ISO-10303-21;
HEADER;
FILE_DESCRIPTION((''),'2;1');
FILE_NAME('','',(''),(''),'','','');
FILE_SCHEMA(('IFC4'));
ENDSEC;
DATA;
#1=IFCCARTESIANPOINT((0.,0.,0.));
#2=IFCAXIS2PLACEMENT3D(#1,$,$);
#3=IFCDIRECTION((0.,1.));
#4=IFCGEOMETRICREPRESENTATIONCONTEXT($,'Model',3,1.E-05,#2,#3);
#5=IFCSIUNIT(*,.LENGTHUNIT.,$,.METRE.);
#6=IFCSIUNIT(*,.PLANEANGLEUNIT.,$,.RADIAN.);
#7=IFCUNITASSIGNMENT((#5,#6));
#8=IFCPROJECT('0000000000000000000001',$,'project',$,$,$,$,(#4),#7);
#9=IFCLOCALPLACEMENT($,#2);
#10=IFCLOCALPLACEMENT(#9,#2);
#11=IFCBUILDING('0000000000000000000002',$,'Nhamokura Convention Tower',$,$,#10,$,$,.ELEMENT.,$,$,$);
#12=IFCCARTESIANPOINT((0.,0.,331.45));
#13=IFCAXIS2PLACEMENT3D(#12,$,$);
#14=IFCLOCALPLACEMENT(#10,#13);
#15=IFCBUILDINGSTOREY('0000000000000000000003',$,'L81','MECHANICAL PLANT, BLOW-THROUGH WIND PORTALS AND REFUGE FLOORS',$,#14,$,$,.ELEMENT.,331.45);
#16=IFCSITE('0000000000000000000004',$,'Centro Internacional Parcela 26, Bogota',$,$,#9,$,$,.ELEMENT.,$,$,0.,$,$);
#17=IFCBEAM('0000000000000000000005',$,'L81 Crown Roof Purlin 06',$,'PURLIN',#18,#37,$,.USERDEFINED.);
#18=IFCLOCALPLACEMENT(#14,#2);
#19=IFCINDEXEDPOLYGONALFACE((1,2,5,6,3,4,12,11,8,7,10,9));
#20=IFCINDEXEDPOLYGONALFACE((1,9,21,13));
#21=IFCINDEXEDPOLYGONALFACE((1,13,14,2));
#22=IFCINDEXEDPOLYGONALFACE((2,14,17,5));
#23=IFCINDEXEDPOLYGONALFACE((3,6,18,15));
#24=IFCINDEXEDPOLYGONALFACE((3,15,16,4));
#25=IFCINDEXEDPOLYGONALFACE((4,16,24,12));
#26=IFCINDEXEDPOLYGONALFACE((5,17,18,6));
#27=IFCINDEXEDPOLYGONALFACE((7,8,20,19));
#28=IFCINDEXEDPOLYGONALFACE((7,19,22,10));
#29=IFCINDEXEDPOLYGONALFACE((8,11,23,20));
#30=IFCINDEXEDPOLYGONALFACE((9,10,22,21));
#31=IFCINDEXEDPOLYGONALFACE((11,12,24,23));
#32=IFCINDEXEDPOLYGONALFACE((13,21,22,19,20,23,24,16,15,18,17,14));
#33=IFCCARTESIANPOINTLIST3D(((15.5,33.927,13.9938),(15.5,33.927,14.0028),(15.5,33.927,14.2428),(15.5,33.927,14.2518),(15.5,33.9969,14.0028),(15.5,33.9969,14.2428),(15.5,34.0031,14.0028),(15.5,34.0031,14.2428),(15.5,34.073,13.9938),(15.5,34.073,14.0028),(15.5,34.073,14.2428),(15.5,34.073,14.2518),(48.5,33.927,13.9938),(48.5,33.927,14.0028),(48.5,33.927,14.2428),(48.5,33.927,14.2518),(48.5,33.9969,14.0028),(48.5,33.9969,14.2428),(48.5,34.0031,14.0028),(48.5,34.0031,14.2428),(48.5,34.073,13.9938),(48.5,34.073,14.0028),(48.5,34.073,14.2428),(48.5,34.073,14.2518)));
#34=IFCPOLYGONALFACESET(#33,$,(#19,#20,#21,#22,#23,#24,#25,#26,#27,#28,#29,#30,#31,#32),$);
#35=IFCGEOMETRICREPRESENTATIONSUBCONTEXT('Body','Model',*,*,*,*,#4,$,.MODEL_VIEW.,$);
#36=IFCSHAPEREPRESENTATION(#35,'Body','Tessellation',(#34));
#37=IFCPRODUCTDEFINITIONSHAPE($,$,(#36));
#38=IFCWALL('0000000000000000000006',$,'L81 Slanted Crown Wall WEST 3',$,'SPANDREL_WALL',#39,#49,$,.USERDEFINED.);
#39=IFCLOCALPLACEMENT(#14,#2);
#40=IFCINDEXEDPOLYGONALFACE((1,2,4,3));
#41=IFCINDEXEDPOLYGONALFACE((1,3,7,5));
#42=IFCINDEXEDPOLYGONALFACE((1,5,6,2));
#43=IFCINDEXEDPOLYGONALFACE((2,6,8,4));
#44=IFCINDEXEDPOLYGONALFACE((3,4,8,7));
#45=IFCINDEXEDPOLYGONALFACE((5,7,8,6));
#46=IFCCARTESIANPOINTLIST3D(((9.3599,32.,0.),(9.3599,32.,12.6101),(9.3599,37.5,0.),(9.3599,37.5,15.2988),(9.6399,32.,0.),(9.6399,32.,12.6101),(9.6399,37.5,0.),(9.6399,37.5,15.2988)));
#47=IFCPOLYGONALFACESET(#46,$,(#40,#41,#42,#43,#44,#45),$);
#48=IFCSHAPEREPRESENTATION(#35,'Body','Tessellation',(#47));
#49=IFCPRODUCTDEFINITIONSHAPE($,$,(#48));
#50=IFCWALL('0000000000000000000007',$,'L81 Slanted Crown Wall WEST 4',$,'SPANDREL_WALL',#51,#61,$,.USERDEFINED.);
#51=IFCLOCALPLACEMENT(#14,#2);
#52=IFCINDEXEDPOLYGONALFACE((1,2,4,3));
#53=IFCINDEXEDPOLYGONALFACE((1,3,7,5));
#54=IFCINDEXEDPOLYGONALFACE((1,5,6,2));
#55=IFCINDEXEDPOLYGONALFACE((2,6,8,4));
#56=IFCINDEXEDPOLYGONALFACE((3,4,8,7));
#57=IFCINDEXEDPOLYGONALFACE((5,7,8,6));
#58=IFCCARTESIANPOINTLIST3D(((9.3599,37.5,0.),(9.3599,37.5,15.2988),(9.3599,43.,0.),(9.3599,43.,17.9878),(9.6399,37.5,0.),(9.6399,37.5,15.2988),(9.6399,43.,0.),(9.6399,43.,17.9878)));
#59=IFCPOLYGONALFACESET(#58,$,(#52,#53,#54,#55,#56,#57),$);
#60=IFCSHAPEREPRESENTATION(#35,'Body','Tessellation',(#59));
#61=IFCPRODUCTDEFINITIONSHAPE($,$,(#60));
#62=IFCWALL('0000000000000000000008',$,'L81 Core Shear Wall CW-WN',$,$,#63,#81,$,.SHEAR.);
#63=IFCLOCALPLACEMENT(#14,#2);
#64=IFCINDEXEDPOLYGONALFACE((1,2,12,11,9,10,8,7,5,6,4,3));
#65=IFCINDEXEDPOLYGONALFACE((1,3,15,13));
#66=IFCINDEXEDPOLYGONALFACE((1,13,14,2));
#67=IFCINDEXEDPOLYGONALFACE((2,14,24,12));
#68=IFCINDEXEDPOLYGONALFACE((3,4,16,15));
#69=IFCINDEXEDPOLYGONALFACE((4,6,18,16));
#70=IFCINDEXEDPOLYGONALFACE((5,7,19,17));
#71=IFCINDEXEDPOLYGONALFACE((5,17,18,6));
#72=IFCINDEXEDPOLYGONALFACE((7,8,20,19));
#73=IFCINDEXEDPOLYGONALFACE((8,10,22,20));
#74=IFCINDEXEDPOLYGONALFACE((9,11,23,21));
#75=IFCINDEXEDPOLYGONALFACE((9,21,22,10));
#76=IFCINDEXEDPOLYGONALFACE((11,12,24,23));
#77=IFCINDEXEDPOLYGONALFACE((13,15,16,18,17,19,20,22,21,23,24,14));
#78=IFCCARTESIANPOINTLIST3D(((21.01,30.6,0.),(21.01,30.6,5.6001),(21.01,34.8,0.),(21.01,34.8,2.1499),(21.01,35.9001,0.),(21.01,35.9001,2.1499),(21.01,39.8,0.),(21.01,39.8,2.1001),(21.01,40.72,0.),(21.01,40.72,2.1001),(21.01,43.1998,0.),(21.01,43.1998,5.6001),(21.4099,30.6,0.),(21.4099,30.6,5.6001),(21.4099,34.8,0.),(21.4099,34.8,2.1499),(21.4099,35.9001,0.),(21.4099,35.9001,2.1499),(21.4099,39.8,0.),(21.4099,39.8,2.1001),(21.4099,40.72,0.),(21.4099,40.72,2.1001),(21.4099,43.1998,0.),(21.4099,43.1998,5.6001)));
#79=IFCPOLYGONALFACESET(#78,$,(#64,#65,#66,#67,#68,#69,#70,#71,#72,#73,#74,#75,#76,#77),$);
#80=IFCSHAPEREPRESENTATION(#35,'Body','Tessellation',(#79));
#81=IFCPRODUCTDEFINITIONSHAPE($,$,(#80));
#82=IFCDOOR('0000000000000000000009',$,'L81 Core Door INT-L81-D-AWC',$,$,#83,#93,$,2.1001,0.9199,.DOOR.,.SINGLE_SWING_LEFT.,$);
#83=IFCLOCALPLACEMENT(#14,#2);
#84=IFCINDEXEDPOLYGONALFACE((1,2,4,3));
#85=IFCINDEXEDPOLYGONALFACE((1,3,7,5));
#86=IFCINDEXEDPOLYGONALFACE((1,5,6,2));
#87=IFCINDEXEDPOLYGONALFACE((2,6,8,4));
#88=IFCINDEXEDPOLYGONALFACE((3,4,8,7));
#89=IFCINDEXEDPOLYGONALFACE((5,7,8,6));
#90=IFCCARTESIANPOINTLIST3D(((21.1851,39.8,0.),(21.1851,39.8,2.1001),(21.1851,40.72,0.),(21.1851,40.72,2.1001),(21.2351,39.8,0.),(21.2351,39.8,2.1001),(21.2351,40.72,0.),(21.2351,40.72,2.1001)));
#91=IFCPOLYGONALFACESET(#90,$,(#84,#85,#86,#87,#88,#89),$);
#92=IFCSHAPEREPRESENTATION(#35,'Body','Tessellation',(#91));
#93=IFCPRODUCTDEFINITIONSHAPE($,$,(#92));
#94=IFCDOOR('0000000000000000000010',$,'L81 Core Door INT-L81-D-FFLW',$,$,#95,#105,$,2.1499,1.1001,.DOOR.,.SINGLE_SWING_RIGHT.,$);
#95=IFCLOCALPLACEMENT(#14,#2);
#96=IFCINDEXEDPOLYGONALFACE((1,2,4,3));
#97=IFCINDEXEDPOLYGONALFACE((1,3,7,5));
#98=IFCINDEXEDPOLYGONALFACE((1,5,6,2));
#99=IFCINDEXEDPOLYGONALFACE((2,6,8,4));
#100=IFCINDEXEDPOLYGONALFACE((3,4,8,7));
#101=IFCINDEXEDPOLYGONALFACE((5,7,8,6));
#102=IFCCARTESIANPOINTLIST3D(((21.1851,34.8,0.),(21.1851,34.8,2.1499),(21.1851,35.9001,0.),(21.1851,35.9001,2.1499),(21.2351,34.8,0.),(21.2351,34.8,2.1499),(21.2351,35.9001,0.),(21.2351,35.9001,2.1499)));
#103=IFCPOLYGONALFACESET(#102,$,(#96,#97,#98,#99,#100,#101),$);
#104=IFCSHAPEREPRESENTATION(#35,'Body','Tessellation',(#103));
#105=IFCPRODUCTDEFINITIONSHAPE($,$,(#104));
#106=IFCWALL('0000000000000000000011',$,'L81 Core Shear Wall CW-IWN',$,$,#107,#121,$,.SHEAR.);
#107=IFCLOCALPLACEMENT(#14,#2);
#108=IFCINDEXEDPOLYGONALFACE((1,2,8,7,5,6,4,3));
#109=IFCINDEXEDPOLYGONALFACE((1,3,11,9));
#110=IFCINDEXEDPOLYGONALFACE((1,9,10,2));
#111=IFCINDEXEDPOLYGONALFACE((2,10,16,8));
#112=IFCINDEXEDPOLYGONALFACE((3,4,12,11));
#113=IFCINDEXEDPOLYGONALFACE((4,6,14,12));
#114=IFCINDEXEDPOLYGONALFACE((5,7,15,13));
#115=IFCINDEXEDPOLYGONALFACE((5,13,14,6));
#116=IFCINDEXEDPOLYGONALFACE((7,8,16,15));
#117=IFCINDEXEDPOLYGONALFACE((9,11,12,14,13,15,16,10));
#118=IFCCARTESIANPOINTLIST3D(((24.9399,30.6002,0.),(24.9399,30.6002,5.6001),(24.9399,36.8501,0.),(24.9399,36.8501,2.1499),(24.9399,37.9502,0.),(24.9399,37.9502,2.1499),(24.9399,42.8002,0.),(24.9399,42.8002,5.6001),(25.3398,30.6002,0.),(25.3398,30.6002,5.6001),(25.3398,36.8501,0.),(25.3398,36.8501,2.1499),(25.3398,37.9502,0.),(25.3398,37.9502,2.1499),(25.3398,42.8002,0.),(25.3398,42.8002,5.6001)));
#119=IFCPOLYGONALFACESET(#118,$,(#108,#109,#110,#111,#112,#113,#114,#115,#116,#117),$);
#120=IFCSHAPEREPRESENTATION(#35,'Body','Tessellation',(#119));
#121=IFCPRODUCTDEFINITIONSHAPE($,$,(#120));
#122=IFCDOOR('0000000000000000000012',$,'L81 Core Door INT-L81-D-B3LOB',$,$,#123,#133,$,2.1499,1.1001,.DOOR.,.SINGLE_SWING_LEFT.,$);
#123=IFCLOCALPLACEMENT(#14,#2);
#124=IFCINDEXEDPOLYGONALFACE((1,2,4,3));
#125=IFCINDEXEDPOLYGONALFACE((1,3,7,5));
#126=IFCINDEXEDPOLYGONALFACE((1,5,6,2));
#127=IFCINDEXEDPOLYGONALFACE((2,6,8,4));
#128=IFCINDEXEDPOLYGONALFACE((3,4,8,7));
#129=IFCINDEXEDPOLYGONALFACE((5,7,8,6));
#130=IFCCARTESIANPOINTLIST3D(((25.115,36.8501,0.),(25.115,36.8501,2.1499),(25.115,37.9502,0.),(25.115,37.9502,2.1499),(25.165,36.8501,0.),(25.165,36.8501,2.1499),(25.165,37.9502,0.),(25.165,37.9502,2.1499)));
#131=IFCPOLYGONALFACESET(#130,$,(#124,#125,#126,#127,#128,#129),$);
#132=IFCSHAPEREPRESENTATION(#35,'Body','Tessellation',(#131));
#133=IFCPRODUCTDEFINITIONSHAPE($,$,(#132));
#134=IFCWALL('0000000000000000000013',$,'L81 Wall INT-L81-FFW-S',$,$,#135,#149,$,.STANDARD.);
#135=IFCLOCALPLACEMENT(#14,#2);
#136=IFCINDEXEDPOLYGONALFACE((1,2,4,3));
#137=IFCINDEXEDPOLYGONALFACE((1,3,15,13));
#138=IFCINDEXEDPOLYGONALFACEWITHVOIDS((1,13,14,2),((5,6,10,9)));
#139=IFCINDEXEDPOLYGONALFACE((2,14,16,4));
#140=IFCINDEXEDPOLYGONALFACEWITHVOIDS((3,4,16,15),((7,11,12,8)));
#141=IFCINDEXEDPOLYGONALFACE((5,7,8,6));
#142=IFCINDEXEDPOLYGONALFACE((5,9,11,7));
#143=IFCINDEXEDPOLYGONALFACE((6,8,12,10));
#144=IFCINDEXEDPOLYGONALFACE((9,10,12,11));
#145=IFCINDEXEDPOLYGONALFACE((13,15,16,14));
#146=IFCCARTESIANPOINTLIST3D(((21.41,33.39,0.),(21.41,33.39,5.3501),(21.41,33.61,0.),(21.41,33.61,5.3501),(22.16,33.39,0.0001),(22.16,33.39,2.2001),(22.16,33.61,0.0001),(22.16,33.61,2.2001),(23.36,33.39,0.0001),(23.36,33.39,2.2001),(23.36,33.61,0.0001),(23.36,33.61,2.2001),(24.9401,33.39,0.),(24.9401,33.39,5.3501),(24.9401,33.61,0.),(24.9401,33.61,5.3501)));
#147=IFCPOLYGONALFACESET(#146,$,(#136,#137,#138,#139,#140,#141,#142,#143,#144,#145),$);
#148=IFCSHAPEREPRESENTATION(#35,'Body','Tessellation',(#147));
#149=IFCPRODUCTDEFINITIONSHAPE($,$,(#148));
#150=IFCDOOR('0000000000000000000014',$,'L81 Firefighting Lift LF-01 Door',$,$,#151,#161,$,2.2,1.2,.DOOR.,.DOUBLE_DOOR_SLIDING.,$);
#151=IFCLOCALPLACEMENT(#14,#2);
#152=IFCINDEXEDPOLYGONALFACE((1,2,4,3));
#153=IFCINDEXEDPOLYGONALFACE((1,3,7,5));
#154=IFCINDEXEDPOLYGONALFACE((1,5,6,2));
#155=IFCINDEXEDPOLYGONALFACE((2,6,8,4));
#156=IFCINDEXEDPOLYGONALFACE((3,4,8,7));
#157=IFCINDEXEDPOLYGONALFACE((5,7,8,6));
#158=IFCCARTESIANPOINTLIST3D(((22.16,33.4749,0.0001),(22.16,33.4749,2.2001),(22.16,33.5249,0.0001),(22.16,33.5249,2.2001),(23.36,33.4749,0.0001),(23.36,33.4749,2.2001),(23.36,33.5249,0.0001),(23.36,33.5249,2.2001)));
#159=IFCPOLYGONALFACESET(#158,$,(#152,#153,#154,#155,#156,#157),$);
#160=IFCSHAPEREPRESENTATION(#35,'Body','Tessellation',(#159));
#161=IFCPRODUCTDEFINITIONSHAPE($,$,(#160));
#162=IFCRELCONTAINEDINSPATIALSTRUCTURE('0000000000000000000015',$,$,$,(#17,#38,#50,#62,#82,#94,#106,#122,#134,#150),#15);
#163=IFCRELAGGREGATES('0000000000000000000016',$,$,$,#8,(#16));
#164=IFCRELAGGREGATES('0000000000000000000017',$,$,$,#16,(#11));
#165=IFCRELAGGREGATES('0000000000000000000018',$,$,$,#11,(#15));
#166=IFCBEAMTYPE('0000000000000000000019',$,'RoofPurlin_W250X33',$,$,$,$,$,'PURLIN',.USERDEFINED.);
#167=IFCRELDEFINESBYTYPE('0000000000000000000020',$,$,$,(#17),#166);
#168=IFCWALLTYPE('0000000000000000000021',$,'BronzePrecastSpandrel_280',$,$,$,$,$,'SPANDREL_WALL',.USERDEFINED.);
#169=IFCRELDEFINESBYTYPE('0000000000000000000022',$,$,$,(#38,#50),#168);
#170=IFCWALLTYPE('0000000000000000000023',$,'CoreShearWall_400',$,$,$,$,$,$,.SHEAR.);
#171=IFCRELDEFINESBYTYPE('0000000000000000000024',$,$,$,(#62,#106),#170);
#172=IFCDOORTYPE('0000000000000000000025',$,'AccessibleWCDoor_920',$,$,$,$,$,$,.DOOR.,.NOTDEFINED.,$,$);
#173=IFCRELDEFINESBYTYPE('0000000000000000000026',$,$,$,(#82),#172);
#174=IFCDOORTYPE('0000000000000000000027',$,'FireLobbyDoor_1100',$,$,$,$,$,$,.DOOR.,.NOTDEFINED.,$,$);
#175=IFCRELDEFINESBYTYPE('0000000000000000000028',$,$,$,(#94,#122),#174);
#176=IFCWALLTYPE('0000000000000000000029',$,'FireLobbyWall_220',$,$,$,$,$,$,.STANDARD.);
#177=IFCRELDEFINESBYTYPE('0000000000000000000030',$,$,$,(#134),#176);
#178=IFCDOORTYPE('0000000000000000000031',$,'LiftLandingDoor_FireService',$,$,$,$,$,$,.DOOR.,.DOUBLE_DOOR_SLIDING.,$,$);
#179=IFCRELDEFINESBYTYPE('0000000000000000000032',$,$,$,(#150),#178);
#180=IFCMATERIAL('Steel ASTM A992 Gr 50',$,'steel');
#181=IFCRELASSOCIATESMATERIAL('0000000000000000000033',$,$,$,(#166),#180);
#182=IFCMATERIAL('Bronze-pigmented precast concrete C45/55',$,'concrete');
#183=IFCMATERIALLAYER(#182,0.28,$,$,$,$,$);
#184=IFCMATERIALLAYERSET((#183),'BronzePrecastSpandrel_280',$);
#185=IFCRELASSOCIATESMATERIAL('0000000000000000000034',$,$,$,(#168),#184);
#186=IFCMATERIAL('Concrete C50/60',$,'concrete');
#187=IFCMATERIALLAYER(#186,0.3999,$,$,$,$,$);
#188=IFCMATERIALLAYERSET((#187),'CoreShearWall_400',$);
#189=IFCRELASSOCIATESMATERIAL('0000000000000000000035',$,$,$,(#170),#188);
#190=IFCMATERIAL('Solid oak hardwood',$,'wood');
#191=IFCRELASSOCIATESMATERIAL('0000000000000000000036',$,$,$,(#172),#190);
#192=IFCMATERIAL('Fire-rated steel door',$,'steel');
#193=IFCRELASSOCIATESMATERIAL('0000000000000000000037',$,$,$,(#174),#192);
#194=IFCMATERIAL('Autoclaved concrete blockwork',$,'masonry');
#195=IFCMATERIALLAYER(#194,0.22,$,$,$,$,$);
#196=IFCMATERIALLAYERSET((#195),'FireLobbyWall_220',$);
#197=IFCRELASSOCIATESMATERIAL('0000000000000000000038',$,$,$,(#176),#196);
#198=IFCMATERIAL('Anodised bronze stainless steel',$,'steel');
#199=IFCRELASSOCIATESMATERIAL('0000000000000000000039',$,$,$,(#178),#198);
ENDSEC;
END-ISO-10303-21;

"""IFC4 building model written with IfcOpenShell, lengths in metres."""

from ifc_helpers import new_model, si_unit, direction, frame, frame_2d, origin, origin_2d, place, context, subcontext, project, spatial, polyline, rectangle, i_section, outline, extrude, material, layer, layer_set, material_profile, profile_set, type_object, element, fill, save


model = new_model("IFC4")

# Units and contexts
model_context = context("Model", 3, precision=1e-05, world=origin(), true_north=direction((0.0, 1.0)))
body_context = subcontext(model_context, "Body", "Model", "MODEL_VIEW")
ifc_project = project(units=[si_unit("LENGTHUNIT", "METRE"), si_unit("PLANEANGLEUNIT", "RADIAN")], contexts=[model_context])

# Site, building, storey
site_placement = place(None, origin())
site = spatial("IfcSite", under=ifc_project, at=site_placement, Name="Centro Internacional Parcela 26, Bogota", CompositionType="ELEMENT", RefElevation=0.0)
building_placement = place(site_placement, origin())
building = spatial("IfcBuilding", under=site, at=building_placement, Name="Nhamokura Convention Tower", CompositionType="ELEMENT")
storey_placement = place(building_placement, frame((0.0, 0.0, 331.45)))
storey = spatial("IfcBuildingStorey", under=building, at=storey_placement, Name="L81", Description="MECHANICAL PLANT, BLOW-THROUGH WIND PORTALS AND REFUGE FLOORS", CompositionType="ELEMENT", Elevation=331.45)

# Beam
ifc_material_1 = material(Name="Steel ASTM A992 Gr 50", Category="steel")
ifc_material_profile_1 = material_profile(ifc_material_1, i_section(OverallWidth=0.146, OverallDepth=0.2581, WebThickness=0.0061, FlangeThickness=0.009, at=origin_2d()))
ifc_profile_set_1 = profile_set([ifc_material_profile_1], Name="Steel ASTM A992 Gr 50")
beam_type_1 = type_object("IfcBeamType", Name="RoofPurlin_W250X33", ElementType="PURLIN", PredefinedType="USERDEFINED", material=ifc_profile_set_1)
beam_placement = place(storey_placement, frame((15.5, 34.0, 14.1228), z_axis=(1.0, 0.0, 0.0), x_axis=(0.0, 1.0, 0.0)))
element("IfcBeam", 1, at=beam_placement, inside=storey, type_object=beam_type_1, Name="L81 Crown Roof Purlin 06", ObjectType="PURLIN", PredefinedType="USERDEFINED", context=body_context, shape_type="SweptSolid", body=[
    extrude(i_section(OverallWidth=0.146, OverallDepth=0.2581, WebThickness=0.0061, FlangeThickness=0.009, at=origin_2d()), origin(), (0.0, 0.0, 1.0), 33.0),
])

# Walls
ifc_material_2 = material(Name="Bronze-pigmented precast concrete C45/55", Category="concrete")
ifc_layer_1 = layer(ifc_material_2, 0.28)
ifc_layer_set_1 = layer_set([ifc_layer_1], Name="BronzePrecastSpandrel_280")
wall_type_1 = type_object("IfcWallType", Name="BronzePrecastSpandrel_280", ElementType="SPANDREL_WALL", PredefinedType="USERDEFINED", material=ifc_layer_set_1)
wall_1_placement = place(storey_placement, frame((9.5, 32.0, 0.0), z_axis=(0.0, 0.0, 1.0), x_axis=(0.0, 1.0, 0.0)))
element("IfcWall", 2, at=wall_1_placement, inside=storey, type_object=wall_type_1, Name="L81 Slanted Crown Wall WEST 3", ObjectType="SPANDREL_WALL", PredefinedType="USERDEFINED", context=body_context, shape_type="SweptSolid", body=[
    extrude(outline(polyline([(0.0, 0.0), (5.5, 0.0), (5.5, 15.2988), (0.0, 12.6101), (0.0, 0.0)])), frame((0.0, 0.1401, 0.0), z_axis=(0.0, -1.0, 0.0), x_axis=(1.0, 0.0, 0.0)), (0.0, 0.0, 1.0), 0.28),
])
wall_2_placement = place(storey_placement, frame((9.5, 37.5, 0.0), z_axis=(0.0, 0.0, 1.0), x_axis=(0.0, 1.0, 0.0)))
element("IfcWall", 3, at=wall_2_placement, inside=storey, type_object=wall_type_1, Name="L81 Slanted Crown Wall WEST 4", ObjectType="SPANDREL_WALL", PredefinedType="USERDEFINED", context=body_context, shape_type="SweptSolid", body=[
    extrude(outline(polyline([(0.0, 0.0), (5.5, 0.0), (5.5, 17.9878), (0.0, 15.2988), (0.0, 0.0)])), frame((0.0, 0.1401, 0.0), z_axis=(0.0, -1.0, 0.0), x_axis=(1.0, 0.0, 0.0)), (0.0, 0.0, 1.0), 0.28),
])

# Wall, openings, doors
ifc_material_3 = material(Name="Concrete C50/60", Category="concrete")
ifc_layer_2 = layer(ifc_material_3, 0.3999)
ifc_layer_set_2 = layer_set([ifc_layer_2], Name="CoreShearWall_400")
wall_type_2 = type_object("IfcWallType", Name="CoreShearWall_400", PredefinedType="SHEAR", material=ifc_layer_set_2)
wall_3_placement = place(storey_placement, frame((21.21, 30.6001, 0.0), z_axis=(0.0, 0.0, 1.0), x_axis=(0.0, 1.0, 0.0)))
wall_3 = element("IfcWall", 4, at=wall_3_placement, inside=storey, type_object=wall_type_2, Name="L81 Core Shear Wall CW-WN", PredefinedType="SHEAR", context=body_context, shape_type="SweptSolid", body=[
    extrude(rectangle(XDim=12.5999, YDim=0.3999, at=frame_2d((6.2998, 0.0))), origin(), (0.0, 0.0, 1.0), 5.6001),
])
opening_1_placement = place(wall_3_placement, frame((4.2, 0.0, 0.0)))
opening_1 = element("IfcOpeningElement", 5, at=opening_1_placement, cuts=wall_3, PredefinedType="OPENING", context=body_context, shape_type="SweptSolid", body=[
    extrude(rectangle(XDim=1.1001, YDim=2.1499, at=frame_2d((0.55, 1.075))), frame((0.0, 0.21, 0.0), z_axis=(0.0, -1.0, 0.0), x_axis=(1.0, 0.0, 0.0)), (0.0, 0.0, 1.0), 0.4199),
])
opening_2_placement = place(wall_3_placement, frame((9.2, 0.0, 0.0)))
opening_2 = element("IfcOpeningElement", 6, at=opening_2_placement, cuts=wall_3, PredefinedType="OPENING", context=body_context, shape_type="SweptSolid", body=[
    extrude(rectangle(XDim=0.9199, YDim=2.1001, at=frame_2d((0.46, 1.05))), frame((0.0, 0.21, 0.0), z_axis=(0.0, -1.0, 0.0), x_axis=(1.0, 0.0, 0.0)), (0.0, 0.0, 1.0), 0.4199),
])
ifc_material_4 = material(Name="Solid oak hardwood", Category="wood")
door_type_1 = type_object("IfcDoorType", Name="AccessibleWCDoor_920", OperationType="NOTDEFINED", PredefinedType="DOOR", material=ifc_material_4)
door_1_placement = place(opening_2_placement, origin())
door_1 = element("IfcDoor", 7, at=door_1_placement, inside=storey, type_object=door_type_1, Name="L81 Core Door INT-L81-D-AWC", OperationType="SINGLE_SWING_LEFT", OverallHeight=2.1001, OverallWidth=0.9199, PredefinedType="DOOR", context=body_context, shape_type="SweptSolid", body=[
    extrude(rectangle(XDim=0.9199, YDim=2.1001, at=frame_2d((0.46, 1.05))), frame((0.0, 0.0249, 0.0), z_axis=(0.0, -1.0, 0.0), x_axis=(1.0, 0.0, 0.0)), (0.0, 0.0, 1.0), 0.05),
])
fill(opening_2, door_1)
ifc_material_5 = material(Name="Fire-rated steel door", Category="steel")
door_type_2 = type_object("IfcDoorType", Name="FireLobbyDoor_1100", OperationType="NOTDEFINED", PredefinedType="DOOR", material=ifc_material_5)
door_2_placement = place(opening_1_placement, origin())
door_2 = element("IfcDoor", 8, at=door_2_placement, inside=storey, type_object=door_type_2, Name="L81 Core Door INT-L81-D-FFLW", OperationType="SINGLE_SWING_RIGHT", OverallHeight=2.1499, OverallWidth=1.1001, PredefinedType="DOOR", context=body_context, shape_type="SweptSolid", body=[
    extrude(rectangle(XDim=1.1001, YDim=2.1499, at=frame_2d((0.55, 1.075))), frame((0.0, 0.0249, 0.0), z_axis=(0.0, -1.0, 0.0), x_axis=(1.0, 0.0, 0.0)), (0.0, 0.0, 1.0), 0.05),
])
fill(opening_1, door_2)

# Walls, openings, doors
wall_4_placement = place(storey_placement, frame((25.1399, 30.6001, 0.0), z_axis=(0.0, 0.0, 1.0), x_axis=(0.0, 1.0, 0.0)))
wall_4 = element("IfcWall", 9, at=wall_4_placement, inside=storey, type_object=wall_type_2, Name="L81 Core Shear Wall CW-IWN", PredefinedType="SHEAR", context=body_context, shape_type="SweptSolid", body=[
    extrude(rectangle(XDim=12.2, YDim=0.3999, at=frame_2d((6.1001, 0.0))), origin(), (0.0, 0.0, 1.0), 5.6001),
])
opening_3_placement = place(wall_4_placement, frame((6.25, 0.0, 0.0)))
opening_3 = element("IfcOpeningElement", 10, at=opening_3_placement, cuts=wall_4, PredefinedType="OPENING", context=body_context, shape_type="SweptSolid", body=[
    extrude(rectangle(XDim=1.1001, YDim=2.1499, at=frame_2d((0.55, 1.075))), frame((0.0, 0.21, 0.0), z_axis=(0.0, -1.0, 0.0), x_axis=(1.0, 0.0, 0.0)), (0.0, 0.0, 1.0), 0.4199),
])
door_3_placement = place(opening_3_placement, origin())
door_3 = element("IfcDoor", 11, at=door_3_placement, inside=storey, type_object=door_type_2, Name="L81 Core Door INT-L81-D-B3LOB", OperationType="SINGLE_SWING_LEFT", OverallHeight=2.1499, OverallWidth=1.1001, PredefinedType="DOOR", context=body_context, shape_type="SweptSolid", body=[
    extrude(rectangle(XDim=1.1001, YDim=2.1499, at=frame_2d((0.55, 1.075))), frame((0.0, 0.0249, 0.0), z_axis=(0.0, -1.0, 0.0), x_axis=(1.0, 0.0, 0.0)), (0.0, 0.0, 1.0), 0.05),
])
fill(opening_3, door_3)
ifc_material_6 = material(Name="Autoclaved concrete blockwork", Category="masonry")
ifc_layer_3 = layer(ifc_material_6, 0.22)
ifc_layer_set_3 = layer_set([ifc_layer_3], Name="FireLobbyWall_220")
wall_type_3 = type_object("IfcWallType", Name="FireLobbyWall_220", PredefinedType="STANDARD", material=ifc_layer_set_3)
wall_5_placement = place(storey_placement, frame((21.4099, 33.5, 0.0), z_axis=(0.0, 0.0, 1.0), x_axis=(1.0, 0.0, 0.0)))
wall_5 = element("IfcWall", 12, at=wall_5_placement, inside=storey, type_object=wall_type_3, Name="L81 Wall INT-L81-FFW-S", PredefinedType="STANDARD", context=body_context, shape_type="SweptSolid", body=[
    extrude(rectangle(XDim=3.53, YDim=0.22, at=frame_2d((1.7651, 0.0))), origin(), (0.0, 0.0, 1.0), 5.3501),
])
opening_4_placement = place(wall_5_placement, frame((0.75, 0.0, 0.0)))
opening_4 = element("IfcOpeningElement", 13, at=opening_4_placement, cuts=wall_5, PredefinedType="OPENING", context=body_context, shape_type="SweptSolid", body=[
    extrude(rectangle(XDim=1.2, YDim=2.2, at=frame_2d((0.6001, 1.1001))), frame((0.0, 0.1199, 0.0), z_axis=(0.0, -1.0, 0.0), x_axis=(1.0, 0.0, 0.0)), (0.0, 0.0, 1.0), 0.24),
])
ifc_material_7 = material(Name="Anodised bronze stainless steel", Category="steel")
door_type_3 = type_object("IfcDoorType", Name="LiftLandingDoor_FireService", OperationType="DOUBLE_DOOR_SLIDING", PredefinedType="DOOR", material=ifc_material_7)
door_4_placement = place(opening_4_placement, origin())
door_4 = element("IfcDoor", 14, at=door_4_placement, inside=storey, type_object=door_type_3, Name="L81 Firefighting Lift LF-01 Door", OperationType="DOUBLE_DOOR_SLIDING", OverallHeight=2.2, OverallWidth=1.2, PredefinedType="DOOR", context=body_context, shape_type="SweptSolid", body=[
    extrude(rectangle(XDim=1.2, YDim=2.2, at=frame_2d((0.6001, 1.1001))), frame((0.0, 0.0249, 0.0), z_axis=(0.0, -1.0, 0.0), x_axis=(1.0, 0.0, 0.0)), (0.0, 0.0, 1.0), 0.05),
])
fill(opening_4, door_4)

save(model, "model.ifc")
